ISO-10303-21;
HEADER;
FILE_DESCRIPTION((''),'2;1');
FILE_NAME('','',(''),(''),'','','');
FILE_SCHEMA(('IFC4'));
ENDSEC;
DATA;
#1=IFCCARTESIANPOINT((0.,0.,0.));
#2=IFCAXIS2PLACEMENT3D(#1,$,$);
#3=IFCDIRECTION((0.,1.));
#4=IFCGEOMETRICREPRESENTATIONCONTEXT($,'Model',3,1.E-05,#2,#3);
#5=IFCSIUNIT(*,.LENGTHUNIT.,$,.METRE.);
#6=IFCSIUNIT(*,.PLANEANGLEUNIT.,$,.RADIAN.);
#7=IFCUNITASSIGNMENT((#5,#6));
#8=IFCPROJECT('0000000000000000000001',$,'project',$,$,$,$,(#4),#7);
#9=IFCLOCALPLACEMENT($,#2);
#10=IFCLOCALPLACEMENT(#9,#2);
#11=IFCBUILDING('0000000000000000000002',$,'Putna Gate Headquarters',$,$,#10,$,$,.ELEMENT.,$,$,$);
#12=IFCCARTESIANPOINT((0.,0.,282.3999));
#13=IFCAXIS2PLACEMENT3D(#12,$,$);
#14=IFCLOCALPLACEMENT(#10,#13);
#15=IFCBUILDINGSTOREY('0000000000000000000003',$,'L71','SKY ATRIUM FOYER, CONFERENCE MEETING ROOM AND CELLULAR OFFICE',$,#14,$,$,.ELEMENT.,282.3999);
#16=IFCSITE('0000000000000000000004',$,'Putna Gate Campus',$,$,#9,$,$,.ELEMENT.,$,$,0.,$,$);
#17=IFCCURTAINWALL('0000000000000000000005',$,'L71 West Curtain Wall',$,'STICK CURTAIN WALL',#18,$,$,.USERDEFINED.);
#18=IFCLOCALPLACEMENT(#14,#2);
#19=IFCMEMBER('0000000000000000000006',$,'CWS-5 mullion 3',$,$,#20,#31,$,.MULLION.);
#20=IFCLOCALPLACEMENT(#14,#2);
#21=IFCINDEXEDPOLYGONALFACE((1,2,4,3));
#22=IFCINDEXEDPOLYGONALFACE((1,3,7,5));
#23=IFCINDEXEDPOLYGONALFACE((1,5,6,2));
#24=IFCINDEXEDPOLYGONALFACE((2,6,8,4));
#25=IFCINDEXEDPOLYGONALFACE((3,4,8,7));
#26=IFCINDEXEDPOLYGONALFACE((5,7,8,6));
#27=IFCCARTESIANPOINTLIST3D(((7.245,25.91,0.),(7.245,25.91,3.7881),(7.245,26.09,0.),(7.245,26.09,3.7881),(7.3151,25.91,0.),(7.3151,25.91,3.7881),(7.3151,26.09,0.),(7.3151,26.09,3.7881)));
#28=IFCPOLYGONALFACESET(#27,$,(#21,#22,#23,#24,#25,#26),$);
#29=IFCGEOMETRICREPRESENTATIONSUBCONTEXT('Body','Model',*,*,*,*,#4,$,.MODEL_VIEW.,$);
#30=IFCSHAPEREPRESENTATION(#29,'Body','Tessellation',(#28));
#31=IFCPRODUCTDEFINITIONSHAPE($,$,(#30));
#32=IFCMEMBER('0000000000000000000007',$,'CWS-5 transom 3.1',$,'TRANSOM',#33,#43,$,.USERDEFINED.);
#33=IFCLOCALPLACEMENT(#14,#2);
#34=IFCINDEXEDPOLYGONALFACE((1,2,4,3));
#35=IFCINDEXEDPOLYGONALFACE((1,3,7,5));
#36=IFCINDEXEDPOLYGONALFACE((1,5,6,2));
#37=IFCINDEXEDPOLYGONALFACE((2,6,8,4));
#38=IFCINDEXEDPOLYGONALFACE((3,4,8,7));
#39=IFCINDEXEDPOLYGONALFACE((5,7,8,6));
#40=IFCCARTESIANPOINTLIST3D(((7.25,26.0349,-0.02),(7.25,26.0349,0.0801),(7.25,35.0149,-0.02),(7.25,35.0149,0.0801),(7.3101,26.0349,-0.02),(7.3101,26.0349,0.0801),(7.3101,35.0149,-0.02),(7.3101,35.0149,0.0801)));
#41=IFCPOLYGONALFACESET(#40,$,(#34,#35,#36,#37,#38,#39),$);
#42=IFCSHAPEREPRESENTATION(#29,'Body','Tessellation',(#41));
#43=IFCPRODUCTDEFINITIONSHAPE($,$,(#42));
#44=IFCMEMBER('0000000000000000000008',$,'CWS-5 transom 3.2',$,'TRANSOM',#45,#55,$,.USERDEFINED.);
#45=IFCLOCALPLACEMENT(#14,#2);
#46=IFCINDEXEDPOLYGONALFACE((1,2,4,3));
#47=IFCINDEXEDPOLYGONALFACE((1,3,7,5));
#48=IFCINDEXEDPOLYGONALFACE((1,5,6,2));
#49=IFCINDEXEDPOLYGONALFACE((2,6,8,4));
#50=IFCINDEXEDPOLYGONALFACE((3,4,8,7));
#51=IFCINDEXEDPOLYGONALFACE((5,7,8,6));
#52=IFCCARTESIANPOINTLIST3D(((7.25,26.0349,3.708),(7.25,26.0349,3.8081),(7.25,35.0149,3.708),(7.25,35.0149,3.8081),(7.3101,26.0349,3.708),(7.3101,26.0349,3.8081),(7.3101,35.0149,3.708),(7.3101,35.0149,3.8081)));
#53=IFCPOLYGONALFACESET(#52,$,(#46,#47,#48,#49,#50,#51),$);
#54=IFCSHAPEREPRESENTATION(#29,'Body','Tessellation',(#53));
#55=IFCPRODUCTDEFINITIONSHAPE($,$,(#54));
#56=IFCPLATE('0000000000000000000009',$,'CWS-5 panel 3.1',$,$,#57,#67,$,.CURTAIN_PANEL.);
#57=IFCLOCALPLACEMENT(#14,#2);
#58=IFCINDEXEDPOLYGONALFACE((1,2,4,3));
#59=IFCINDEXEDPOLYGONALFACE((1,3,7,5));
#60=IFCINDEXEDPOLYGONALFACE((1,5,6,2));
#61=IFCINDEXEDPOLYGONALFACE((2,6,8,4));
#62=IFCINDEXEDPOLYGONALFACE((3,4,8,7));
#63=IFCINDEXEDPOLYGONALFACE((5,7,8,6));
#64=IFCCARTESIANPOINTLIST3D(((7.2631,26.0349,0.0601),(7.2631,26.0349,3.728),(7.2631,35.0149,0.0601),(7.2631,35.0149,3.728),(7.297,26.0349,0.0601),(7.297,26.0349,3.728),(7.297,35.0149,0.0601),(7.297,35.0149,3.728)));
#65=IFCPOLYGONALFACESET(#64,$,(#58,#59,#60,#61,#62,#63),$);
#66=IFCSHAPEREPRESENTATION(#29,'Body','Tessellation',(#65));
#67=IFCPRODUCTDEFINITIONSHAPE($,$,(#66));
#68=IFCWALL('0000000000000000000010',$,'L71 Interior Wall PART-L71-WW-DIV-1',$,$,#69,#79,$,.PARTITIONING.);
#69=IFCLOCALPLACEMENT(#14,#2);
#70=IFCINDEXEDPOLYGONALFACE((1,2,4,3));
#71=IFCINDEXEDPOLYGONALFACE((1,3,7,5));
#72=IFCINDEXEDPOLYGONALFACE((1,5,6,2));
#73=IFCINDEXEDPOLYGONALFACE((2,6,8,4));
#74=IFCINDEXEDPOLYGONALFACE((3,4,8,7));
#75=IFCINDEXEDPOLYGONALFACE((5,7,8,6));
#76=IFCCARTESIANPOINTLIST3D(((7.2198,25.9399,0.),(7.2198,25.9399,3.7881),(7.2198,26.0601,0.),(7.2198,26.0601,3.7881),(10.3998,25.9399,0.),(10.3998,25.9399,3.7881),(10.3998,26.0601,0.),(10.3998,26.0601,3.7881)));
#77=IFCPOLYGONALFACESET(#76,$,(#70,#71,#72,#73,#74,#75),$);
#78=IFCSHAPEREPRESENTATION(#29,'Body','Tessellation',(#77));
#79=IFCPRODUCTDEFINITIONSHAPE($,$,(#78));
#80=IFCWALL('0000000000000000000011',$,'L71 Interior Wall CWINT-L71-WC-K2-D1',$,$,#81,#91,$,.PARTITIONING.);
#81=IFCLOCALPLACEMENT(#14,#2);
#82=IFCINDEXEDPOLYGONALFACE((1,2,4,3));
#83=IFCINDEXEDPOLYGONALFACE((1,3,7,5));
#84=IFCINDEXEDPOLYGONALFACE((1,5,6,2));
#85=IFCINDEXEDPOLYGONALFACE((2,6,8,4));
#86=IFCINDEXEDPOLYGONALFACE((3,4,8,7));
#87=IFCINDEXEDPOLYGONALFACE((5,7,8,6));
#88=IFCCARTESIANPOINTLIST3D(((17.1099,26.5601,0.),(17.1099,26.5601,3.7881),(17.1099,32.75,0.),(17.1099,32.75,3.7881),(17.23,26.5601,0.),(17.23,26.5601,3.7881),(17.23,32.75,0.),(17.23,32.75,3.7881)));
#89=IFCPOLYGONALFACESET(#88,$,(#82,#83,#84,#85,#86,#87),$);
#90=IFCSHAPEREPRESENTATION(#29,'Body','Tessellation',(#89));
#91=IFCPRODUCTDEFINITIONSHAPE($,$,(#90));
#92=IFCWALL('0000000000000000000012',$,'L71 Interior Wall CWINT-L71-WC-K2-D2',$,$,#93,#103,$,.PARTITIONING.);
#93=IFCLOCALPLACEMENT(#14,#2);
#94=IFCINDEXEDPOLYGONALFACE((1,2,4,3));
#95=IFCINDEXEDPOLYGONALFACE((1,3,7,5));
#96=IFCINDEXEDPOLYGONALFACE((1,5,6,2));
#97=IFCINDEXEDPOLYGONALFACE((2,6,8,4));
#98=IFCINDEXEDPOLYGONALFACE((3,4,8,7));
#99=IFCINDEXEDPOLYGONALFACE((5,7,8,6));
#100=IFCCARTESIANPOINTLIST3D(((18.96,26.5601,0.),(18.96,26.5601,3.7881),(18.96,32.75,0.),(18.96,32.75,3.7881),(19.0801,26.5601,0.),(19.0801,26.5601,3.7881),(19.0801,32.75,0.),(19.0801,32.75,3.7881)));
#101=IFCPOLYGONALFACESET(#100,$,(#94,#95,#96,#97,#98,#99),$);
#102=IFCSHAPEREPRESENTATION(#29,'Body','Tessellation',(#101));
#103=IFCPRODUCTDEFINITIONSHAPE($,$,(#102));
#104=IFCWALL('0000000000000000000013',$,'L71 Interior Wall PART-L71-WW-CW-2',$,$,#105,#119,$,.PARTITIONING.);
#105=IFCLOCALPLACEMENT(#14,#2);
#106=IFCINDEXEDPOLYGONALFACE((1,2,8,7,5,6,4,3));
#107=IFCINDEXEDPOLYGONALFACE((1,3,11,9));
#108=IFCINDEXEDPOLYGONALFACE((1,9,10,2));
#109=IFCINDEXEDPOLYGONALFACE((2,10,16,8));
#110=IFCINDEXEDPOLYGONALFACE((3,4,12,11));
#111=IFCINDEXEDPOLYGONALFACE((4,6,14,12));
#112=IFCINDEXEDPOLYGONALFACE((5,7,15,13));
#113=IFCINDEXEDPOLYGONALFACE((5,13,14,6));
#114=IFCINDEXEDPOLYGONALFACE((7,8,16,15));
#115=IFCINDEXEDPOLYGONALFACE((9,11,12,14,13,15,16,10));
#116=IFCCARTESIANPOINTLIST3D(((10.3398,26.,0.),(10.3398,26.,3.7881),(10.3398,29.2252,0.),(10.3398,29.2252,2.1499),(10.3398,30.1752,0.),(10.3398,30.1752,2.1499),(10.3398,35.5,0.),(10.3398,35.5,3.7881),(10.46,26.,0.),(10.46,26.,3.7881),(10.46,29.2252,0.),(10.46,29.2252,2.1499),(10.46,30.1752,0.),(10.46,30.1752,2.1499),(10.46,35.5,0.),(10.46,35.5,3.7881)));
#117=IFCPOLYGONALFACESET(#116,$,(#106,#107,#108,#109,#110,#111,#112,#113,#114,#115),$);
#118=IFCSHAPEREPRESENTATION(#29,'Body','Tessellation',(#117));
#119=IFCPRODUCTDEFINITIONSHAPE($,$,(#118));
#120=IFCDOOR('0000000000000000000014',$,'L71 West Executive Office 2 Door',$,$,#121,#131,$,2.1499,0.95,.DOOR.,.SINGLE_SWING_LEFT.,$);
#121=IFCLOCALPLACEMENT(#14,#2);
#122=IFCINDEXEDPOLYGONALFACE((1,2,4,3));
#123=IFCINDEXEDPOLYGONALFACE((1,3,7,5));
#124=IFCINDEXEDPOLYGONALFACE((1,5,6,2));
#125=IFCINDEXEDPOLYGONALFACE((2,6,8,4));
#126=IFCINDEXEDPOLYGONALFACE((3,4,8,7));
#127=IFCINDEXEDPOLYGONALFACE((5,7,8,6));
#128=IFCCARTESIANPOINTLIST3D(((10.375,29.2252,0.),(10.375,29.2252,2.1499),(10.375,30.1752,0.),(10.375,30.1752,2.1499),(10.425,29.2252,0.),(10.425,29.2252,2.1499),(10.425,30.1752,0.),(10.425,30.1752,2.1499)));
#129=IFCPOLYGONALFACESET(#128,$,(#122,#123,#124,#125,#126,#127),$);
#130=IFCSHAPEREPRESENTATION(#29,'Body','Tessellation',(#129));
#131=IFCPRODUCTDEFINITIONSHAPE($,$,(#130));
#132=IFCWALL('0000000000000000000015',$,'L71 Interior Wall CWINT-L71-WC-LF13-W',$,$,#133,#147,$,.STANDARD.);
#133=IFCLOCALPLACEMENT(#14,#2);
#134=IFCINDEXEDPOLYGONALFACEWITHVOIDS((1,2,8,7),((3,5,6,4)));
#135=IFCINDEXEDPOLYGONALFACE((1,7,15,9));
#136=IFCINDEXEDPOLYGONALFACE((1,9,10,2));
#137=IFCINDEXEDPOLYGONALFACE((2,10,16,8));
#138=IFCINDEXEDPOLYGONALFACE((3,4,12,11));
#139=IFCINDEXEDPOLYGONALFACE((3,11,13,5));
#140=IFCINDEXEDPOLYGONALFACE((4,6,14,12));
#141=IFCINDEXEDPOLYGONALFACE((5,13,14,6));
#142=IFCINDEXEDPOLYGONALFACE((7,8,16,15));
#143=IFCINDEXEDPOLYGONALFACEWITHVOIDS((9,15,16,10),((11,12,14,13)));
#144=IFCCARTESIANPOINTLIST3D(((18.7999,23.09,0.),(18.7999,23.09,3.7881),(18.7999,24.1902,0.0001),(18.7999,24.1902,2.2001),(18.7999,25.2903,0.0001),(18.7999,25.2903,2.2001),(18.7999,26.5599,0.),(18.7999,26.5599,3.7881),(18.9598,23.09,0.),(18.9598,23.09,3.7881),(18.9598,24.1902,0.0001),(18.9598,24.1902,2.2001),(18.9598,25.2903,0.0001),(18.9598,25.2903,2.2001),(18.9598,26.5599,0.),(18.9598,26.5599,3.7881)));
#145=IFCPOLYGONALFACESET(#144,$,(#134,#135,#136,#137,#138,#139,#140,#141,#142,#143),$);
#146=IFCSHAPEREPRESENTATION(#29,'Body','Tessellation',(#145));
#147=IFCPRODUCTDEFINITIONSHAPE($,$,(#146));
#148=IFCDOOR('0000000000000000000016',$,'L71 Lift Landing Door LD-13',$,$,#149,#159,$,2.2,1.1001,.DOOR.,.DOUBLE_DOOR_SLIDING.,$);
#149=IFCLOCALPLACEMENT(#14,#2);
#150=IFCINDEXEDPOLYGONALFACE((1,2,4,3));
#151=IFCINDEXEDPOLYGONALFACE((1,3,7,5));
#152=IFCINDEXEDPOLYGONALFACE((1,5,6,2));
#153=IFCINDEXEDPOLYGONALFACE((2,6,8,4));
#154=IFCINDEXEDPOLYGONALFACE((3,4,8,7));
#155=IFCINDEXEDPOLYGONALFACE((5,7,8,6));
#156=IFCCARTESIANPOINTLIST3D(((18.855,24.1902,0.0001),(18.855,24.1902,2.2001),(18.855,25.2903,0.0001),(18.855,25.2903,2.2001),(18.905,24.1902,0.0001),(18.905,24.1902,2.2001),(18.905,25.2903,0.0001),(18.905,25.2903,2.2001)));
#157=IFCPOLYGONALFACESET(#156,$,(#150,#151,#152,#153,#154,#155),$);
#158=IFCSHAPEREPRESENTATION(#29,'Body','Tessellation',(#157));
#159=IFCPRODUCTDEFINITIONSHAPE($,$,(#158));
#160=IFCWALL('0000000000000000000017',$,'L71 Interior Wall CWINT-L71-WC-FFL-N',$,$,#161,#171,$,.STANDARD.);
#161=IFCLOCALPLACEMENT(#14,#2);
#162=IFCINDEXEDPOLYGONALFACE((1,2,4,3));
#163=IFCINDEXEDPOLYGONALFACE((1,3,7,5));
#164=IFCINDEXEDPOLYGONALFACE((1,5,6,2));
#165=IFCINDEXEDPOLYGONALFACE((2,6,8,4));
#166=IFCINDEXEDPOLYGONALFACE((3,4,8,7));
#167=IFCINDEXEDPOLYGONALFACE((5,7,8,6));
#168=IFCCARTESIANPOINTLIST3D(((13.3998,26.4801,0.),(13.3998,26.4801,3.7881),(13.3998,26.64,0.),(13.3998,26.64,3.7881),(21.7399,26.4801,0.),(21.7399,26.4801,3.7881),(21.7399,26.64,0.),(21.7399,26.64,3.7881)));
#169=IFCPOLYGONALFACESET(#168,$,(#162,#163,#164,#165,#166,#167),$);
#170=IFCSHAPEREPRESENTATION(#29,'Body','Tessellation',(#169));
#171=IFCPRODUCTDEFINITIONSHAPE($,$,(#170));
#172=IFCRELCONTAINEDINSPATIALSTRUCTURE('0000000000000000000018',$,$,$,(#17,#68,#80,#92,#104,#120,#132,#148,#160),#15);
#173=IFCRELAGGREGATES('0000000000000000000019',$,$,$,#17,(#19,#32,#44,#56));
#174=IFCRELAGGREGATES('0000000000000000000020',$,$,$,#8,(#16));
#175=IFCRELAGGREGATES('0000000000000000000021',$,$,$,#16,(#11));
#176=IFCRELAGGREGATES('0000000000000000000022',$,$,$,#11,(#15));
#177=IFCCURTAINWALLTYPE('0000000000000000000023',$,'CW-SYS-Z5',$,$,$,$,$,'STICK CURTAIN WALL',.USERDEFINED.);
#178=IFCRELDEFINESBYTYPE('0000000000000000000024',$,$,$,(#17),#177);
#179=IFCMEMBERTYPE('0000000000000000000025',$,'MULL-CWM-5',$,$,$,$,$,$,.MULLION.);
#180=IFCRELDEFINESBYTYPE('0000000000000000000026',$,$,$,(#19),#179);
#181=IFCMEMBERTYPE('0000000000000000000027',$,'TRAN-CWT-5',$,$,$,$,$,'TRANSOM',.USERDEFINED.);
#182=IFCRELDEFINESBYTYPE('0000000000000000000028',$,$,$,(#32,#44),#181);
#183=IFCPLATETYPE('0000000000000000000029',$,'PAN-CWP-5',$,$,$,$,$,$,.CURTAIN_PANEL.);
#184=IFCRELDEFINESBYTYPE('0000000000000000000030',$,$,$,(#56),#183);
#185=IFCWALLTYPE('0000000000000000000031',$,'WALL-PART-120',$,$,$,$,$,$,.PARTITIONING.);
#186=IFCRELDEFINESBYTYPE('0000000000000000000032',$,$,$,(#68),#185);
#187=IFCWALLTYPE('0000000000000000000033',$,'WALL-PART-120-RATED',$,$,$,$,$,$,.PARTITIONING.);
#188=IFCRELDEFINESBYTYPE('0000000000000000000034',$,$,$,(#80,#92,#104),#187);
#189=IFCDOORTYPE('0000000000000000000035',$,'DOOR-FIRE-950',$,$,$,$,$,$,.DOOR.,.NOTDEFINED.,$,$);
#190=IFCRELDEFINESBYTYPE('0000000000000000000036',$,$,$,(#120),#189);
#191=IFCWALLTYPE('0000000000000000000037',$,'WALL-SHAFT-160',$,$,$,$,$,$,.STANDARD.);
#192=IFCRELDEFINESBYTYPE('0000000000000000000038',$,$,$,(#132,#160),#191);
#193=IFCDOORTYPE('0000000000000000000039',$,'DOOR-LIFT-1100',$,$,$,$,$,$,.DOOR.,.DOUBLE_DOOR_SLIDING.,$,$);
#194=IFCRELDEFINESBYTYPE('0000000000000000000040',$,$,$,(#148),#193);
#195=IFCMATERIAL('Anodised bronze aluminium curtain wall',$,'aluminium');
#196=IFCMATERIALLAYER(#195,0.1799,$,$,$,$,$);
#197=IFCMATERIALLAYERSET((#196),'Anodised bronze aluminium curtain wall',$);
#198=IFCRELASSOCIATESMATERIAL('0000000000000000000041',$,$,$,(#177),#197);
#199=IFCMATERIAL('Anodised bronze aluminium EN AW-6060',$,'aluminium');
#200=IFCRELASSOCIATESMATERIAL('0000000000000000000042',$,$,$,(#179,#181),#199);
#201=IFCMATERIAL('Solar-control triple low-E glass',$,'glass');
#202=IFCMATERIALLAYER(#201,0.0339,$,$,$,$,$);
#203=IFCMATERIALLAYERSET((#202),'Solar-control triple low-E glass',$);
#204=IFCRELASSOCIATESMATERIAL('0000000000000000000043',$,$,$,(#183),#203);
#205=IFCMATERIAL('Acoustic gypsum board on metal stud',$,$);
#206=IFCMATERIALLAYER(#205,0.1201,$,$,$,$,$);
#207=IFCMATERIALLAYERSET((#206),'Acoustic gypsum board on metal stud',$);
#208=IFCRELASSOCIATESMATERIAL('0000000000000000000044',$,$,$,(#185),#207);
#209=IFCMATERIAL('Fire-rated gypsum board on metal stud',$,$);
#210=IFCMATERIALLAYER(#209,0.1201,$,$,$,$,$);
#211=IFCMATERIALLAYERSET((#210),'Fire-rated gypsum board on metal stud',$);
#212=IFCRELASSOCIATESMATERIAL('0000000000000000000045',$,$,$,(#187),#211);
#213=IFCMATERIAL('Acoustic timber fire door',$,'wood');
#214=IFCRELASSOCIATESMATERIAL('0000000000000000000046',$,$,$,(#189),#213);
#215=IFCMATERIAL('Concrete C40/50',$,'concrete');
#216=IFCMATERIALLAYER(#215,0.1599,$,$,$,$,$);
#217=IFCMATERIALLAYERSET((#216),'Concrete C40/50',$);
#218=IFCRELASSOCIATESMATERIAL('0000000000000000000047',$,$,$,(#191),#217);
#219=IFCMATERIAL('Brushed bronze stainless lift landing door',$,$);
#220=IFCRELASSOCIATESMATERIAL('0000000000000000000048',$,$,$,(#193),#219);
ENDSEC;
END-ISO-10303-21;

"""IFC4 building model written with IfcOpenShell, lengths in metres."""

from ifc_helpers import new_model, si_unit, direction, frame, frame_2d, origin, origin_2d, place, context, subcontext, project, spatial, rectangle, extrude, material, layer, layer_set, material_profile, profile_set, type_object, element, fill, aggregate, save


model = new_model("IFC4")

# Units and contexts
model_context = context("Model", 3, precision=1e-05, world=origin(), true_north=direction((0.0, 1.0)))
body_context = subcontext(model_context, "Body", "Model", "MODEL_VIEW")
ifc_project = project(units=[si_unit("LENGTHUNIT", "METRE"), si_unit("PLANEANGLEUNIT", "RADIAN")], contexts=[model_context])

# Site, building, storey
site_placement = place(None, origin())
site = spatial("IfcSite", under=ifc_project, at=site_placement, Name="Putna Gate Campus", CompositionType="ELEMENT", RefElevation=0.0)
building_placement = place(site_placement, origin())
building = spatial("IfcBuilding", under=site, at=building_placement, Name="Putna Gate Headquarters", CompositionType="ELEMENT")
storey_placement = place(building_placement, frame((0.0, 0.0, 282.3999)))
storey = spatial("IfcBuildingStorey", under=building, at=storey_placement, Name="L71", Description="SKY ATRIUM FOYER, CONFERENCE MEETING ROOM AND CELLULAR OFFICE", CompositionType="ELEMENT", Elevation=282.3999)

# Curtain wall, members, plate
ifc_material_1 = material(Name="Anodised bronze aluminium curtain wall", Category="aluminium")
ifc_layer_1 = layer(ifc_material_1, 0.1799)
ifc_layer_set_1 = layer_set([ifc_layer_1], Name="Anodised bronze aluminium curtain wall")
curtain_wall_type = type_object("IfcCurtainWallType", Name="CW-SYS-Z5", ElementType="STICK CURTAIN WALL", PredefinedType="USERDEFINED", material=ifc_layer_set_1)
curtain_wall_placement = place(storey_placement, origin())
curtain_wall = element("IfcCurtainWall", 1, at=curtain_wall_placement, inside=storey, type_object=curtain_wall_type, Name="L71 West Curtain Wall", ObjectType="STICK CURTAIN WALL", PredefinedType="USERDEFINED")
ifc_material_2 = material(Name="Anodised bronze aluminium EN AW-6060", Category="aluminium")
ifc_material_profile_1 = material_profile(ifc_material_2, rectangle(XDim=0.0701, YDim=0.1799, at=origin_2d()), Name="Anodised bronze aluminium EN AW-6060")
ifc_profile_set_1 = profile_set([ifc_material_profile_1], Name="Anodised bronze aluminium EN AW-6060")
member_type_1 = type_object("IfcMemberType", Name="MULL-CWM-5", PredefinedType="MULLION", material=ifc_profile_set_1)
member_1_placement = place(storey_placement, frame((7.28, 26.0, 0.0), z_axis=(0.0, 0.0, 1.0), x_axis=(-1.0, 0.0, 0.0)))
member_1 = element("IfcMember", 2, at=member_1_placement, type_object=member_type_1, Name="CWS-5 mullion 3", PredefinedType="MULLION", context=body_context, shape_type="SweptSolid", body=[
    extrude(rectangle(XDim=0.0701, YDim=0.1799, at=origin_2d()), origin(), (0.0, 0.0, 1.0), 3.7881),
])
ifc_material_profile_2 = material_profile(ifc_material_2, rectangle(XDim=0.0601, YDim=0.1001, at=origin_2d()), Name="Anodised bronze aluminium EN AW-6060")
ifc_profile_set_2 = profile_set([ifc_material_profile_2], Name="Anodised bronze aluminium EN AW-6060")
member_type_2 = type_object("IfcMemberType", Name="TRAN-CWT-5", ElementType="TRANSOM", PredefinedType="USERDEFINED", material=ifc_profile_set_2)
member_2_placement = place(storey_placement, frame((7.28, 26.0349, 0.03), z_axis=(0.0, 1.0, 0.0), x_axis=(-1.0, 0.0, 0.0)))
member_2 = element("IfcMember", 3, at=member_2_placement, type_object=member_type_2, Name="CWS-5 transom 3.1", ObjectType="TRANSOM", PredefinedType="USERDEFINED", context=body_context, shape_type="SweptSolid", body=[
    extrude(rectangle(XDim=0.0601, YDim=0.1001, at=origin_2d()), origin(), (0.0, 0.0, 1.0), 8.98),
])
member_3_placement = place(storey_placement, frame((7.28, 26.0349, 3.7581), z_axis=(0.0, 1.0, 0.0), x_axis=(-1.0, 0.0, 0.0)))
member_3 = element("IfcMember", 4, at=member_3_placement, type_object=member_type_2, Name="CWS-5 transom 3.2", ObjectType="TRANSOM", PredefinedType="USERDEFINED", context=body_context, shape_type="SweptSolid", body=[
    extrude(rectangle(XDim=0.0601, YDim=0.1001, at=origin_2d()), origin(), (0.0, 0.0, 1.0), 8.98),
])
ifc_material_3 = material(Name="Solar-control triple low-E glass", Category="glass")
ifc_layer_2 = layer(ifc_material_3, 0.0339)
ifc_layer_set_2 = layer_set([ifc_layer_2], Name="Solar-control triple low-E glass")
plate_type = type_object("IfcPlateType", Name="PAN-CWP-5", PredefinedType="CURTAIN_PANEL", material=ifc_layer_set_2)
plate_placement = place(storey_placement, frame((7.28, 30.5249, 0.0601), z_axis=(0.0, 0.0, 1.0), x_axis=(0.0, 1.0, 0.0)))
plate = element("IfcPlate", 5, at=plate_placement, type_object=plate_type, Name="CWS-5 panel 3.1", PredefinedType="CURTAIN_PANEL", context=body_context, shape_type="SweptSolid", body=[
    extrude(rectangle(XDim=8.98, YDim=0.0339, at=origin_2d()), origin(), (0.0, 0.0, 1.0), 3.668),
])
aggregate(curtain_wall, [member_1, member_2, member_3, plate])

# Walls
ifc_material_4 = material(Name="Acoustic gypsum board on metal stud")
ifc_layer_3 = layer(ifc_material_4, 0.1201)
ifc_layer_set_3 = layer_set([ifc_layer_3], Name="Acoustic gypsum board on metal stud")
wall_type_1 = type_object("IfcWallType", Name="WALL-PART-120", PredefinedType="PARTITIONING", material=ifc_layer_set_3)
wall_1_placement = place(storey_placement, frame((7.22, 26.0, 0.0), z_axis=(0.0, 0.0, 1.0), x_axis=(1.0, 0.0, 0.0)))
element("IfcWall", 6, at=wall_1_placement, inside=storey, type_object=wall_type_1, Name="L71 Interior Wall PART-L71-WW-DIV-1", PredefinedType="PARTITIONING", context=body_context, shape_type="SweptSolid", body=[
    extrude(rectangle(XDim=3.1799, YDim=0.1201, at=frame_2d((1.5898, 0.0))), origin(), (0.0, 0.0, 1.0), 3.7881),
])
ifc_material_5 = material(Name="Fire-rated gypsum board on metal stud")
ifc_layer_4 = layer(ifc_material_5, 0.1201)
ifc_layer_set_4 = layer_set([ifc_layer_4], Name="Fire-rated gypsum board on metal stud")
wall_type_2 = type_object("IfcWallType", Name="WALL-PART-120-RATED", PredefinedType="PARTITIONING", material=ifc_layer_set_4)
for number, where, z_axis, x_axis, name in (
    (7, (17.1699, 26.5601, 0.0), (0.0, 0.0, 1.0), (0.0, 1.0, 0.0), "L71 Interior Wall CWINT-L71-WC-K2-D1"),
    (8, (19.02, 26.5601, 0.0), (0.0, 0.0, 1.0), (0.0, 1.0, 0.0), "L71 Interior Wall CWINT-L71-WC-K2-D2"),
):
    element("IfcWall", number, at=place(storey_placement, frame(where, z_axis=z_axis, x_axis=x_axis)), inside=storey, type_object=wall_type_2, Name=name, PredefinedType="PARTITIONING", context=body_context, shape_type="SweptSolid", body=[
        extrude(rectangle(XDim=6.1899, YDim=0.1201, at=frame_2d((3.095, 0.0))), origin(), (0.0, 0.0, 1.0), 3.7881),
    ])

# Walls, openings, doors
wall_2_placement = place(storey_placement, frame((10.3999, 26.0, 0.0), z_axis=(0.0, 0.0, 1.0), x_axis=(0.0, 1.0, 0.0)))
wall_2 = element("IfcWall", 9, at=wall_2_placement, inside=storey, type_object=wall_type_2, Name="L71 Interior Wall PART-L71-WW-CW-2", PredefinedType="PARTITIONING", context=body_context, shape_type="SweptSolid", body=[
    extrude(rectangle(XDim=9.5, YDim=0.1201, at=frame_2d((4.75, 0.0))), origin(), (0.0, 0.0, 1.0), 3.7881),
])
opening_1_placement = place(wall_2_placement, frame((3.2251, 0.0, 0.0)))
opening_1 = element("IfcOpeningElement", 10, at=opening_1_placement, cuts=wall_2, PredefinedType="OPENING", context=body_context, shape_type="SweptSolid", body=[
    extrude(rectangle(XDim=0.95, YDim=2.1499, at=frame_2d((0.4751, 1.075))), frame((0.0, 0.0701, 0.0), z_axis=(0.0, -1.0, 0.0), x_axis=(1.0, 0.0, 0.0)), (0.0, 0.0, 1.0), 0.1401),
])
ifc_material_6 = material(Name="Acoustic timber fire door", Category="wood")
door_type_1 = type_object("IfcDoorType", Name="DOOR-FIRE-950", OperationType="NOTDEFINED", PredefinedType="DOOR", material=ifc_material_6)
door_1_placement = place(opening_1_placement, origin())
door_1 = element("IfcDoor", 11, at=door_1_placement, inside=storey, type_object=door_type_1, Name="L71 West Executive Office 2 Door", OperationType="SINGLE_SWING_LEFT", OverallHeight=2.1499, OverallWidth=0.95, PredefinedType="DOOR", context=body_context, shape_type="SweptSolid", body=[
    extrude(rectangle(XDim=0.95, YDim=2.1499, at=frame_2d((0.4751, 1.075))), frame((0.0, 0.0249, 0.0), z_axis=(0.0, -1.0, 0.0), x_axis=(1.0, 0.0, 0.0)), (0.0, 0.0, 1.0), 0.05),
])
fill(opening_1, door_1)
ifc_material_7 = material(Name="Concrete C40/50", Category="concrete")
ifc_layer_5 = layer(ifc_material_7, 0.1599)
ifc_layer_set_5 = layer_set([ifc_layer_5], Name="Concrete C40/50")
wall_type_3 = type_object("IfcWallType", Name="WALL-SHAFT-160", PredefinedType="STANDARD", material=ifc_layer_set_5)
wall_3_placement = place(storey_placement, frame((18.8799, 23.0901, 0.0), z_axis=(0.0, 0.0, 1.0), x_axis=(0.0, 1.0, 0.0)))
wall_3 = element("IfcWall", 12, at=wall_3_placement, inside=storey, type_object=wall_type_3, Name="L71 Interior Wall CWINT-L71-WC-LF13-W", PredefinedType="STANDARD", context=body_context, shape_type="SweptSolid", body=[
    extrude(rectangle(XDim=3.47, YDim=0.1599, at=frame_2d((1.7349, 0.0))), origin(), (0.0, 0.0, 1.0), 3.7881),
])
opening_2_placement = place(wall_3_placement, frame((1.1001, 0.0, 0.0)))
opening_2 = element("IfcOpeningElement", 13, at=opening_2_placement, cuts=wall_3, PredefinedType="OPENING", context=body_context, shape_type="SweptSolid", body=[
    extrude(rectangle(XDim=1.1001, YDim=2.2, at=frame_2d((0.55, 1.1001))), frame((0.0, 0.0898, 0.0), z_axis=(0.0, -1.0, 0.0), x_axis=(1.0, 0.0, 0.0)), (0.0, 0.0, 1.0), 0.1799),
])
ifc_material_8 = material(Name="Brushed bronze stainless lift landing door")
door_type_2 = type_object("IfcDoorType", Name="DOOR-LIFT-1100", OperationType="DOUBLE_DOOR_SLIDING", PredefinedType="DOOR", material=ifc_material_8)
door_2_placement = place(opening_2_placement, origin())
door_2 = element("IfcDoor", 14, at=door_2_placement, inside=storey, type_object=door_type_2, Name="L71 Lift Landing Door LD-13", OperationType="DOUBLE_DOOR_SLIDING", OverallHeight=2.2, OverallWidth=1.1001, PredefinedType="DOOR", context=body_context, shape_type="SweptSolid", body=[
    extrude(rectangle(XDim=1.1001, YDim=2.2, at=frame_2d((0.55, 1.1001))), frame((0.0, 0.0249, 0.0), z_axis=(0.0, -1.0, 0.0), x_axis=(1.0, 0.0, 0.0)), (0.0, 0.0, 1.0), 0.05),
])
fill(opening_2, door_2)

# Wall
wall_4_placement = place(storey_placement, frame((13.3999, 26.5601, 0.0), z_axis=(0.0, 0.0, 1.0), x_axis=(1.0, 0.0, 0.0)))
element("IfcWall", 15, at=wall_4_placement, inside=storey, type_object=wall_type_3, Name="L71 Interior Wall CWINT-L71-WC-FFL-N", PredefinedType="STANDARD", context=body_context, shape_type="SweptSolid", body=[
    extrude(rectangle(XDim=8.3401, YDim=0.1599, at=frame_2d((4.1699, 0.0))), origin(), (0.0, 0.0, 1.0), 3.7881),
])

save(model, "model.ifc")
